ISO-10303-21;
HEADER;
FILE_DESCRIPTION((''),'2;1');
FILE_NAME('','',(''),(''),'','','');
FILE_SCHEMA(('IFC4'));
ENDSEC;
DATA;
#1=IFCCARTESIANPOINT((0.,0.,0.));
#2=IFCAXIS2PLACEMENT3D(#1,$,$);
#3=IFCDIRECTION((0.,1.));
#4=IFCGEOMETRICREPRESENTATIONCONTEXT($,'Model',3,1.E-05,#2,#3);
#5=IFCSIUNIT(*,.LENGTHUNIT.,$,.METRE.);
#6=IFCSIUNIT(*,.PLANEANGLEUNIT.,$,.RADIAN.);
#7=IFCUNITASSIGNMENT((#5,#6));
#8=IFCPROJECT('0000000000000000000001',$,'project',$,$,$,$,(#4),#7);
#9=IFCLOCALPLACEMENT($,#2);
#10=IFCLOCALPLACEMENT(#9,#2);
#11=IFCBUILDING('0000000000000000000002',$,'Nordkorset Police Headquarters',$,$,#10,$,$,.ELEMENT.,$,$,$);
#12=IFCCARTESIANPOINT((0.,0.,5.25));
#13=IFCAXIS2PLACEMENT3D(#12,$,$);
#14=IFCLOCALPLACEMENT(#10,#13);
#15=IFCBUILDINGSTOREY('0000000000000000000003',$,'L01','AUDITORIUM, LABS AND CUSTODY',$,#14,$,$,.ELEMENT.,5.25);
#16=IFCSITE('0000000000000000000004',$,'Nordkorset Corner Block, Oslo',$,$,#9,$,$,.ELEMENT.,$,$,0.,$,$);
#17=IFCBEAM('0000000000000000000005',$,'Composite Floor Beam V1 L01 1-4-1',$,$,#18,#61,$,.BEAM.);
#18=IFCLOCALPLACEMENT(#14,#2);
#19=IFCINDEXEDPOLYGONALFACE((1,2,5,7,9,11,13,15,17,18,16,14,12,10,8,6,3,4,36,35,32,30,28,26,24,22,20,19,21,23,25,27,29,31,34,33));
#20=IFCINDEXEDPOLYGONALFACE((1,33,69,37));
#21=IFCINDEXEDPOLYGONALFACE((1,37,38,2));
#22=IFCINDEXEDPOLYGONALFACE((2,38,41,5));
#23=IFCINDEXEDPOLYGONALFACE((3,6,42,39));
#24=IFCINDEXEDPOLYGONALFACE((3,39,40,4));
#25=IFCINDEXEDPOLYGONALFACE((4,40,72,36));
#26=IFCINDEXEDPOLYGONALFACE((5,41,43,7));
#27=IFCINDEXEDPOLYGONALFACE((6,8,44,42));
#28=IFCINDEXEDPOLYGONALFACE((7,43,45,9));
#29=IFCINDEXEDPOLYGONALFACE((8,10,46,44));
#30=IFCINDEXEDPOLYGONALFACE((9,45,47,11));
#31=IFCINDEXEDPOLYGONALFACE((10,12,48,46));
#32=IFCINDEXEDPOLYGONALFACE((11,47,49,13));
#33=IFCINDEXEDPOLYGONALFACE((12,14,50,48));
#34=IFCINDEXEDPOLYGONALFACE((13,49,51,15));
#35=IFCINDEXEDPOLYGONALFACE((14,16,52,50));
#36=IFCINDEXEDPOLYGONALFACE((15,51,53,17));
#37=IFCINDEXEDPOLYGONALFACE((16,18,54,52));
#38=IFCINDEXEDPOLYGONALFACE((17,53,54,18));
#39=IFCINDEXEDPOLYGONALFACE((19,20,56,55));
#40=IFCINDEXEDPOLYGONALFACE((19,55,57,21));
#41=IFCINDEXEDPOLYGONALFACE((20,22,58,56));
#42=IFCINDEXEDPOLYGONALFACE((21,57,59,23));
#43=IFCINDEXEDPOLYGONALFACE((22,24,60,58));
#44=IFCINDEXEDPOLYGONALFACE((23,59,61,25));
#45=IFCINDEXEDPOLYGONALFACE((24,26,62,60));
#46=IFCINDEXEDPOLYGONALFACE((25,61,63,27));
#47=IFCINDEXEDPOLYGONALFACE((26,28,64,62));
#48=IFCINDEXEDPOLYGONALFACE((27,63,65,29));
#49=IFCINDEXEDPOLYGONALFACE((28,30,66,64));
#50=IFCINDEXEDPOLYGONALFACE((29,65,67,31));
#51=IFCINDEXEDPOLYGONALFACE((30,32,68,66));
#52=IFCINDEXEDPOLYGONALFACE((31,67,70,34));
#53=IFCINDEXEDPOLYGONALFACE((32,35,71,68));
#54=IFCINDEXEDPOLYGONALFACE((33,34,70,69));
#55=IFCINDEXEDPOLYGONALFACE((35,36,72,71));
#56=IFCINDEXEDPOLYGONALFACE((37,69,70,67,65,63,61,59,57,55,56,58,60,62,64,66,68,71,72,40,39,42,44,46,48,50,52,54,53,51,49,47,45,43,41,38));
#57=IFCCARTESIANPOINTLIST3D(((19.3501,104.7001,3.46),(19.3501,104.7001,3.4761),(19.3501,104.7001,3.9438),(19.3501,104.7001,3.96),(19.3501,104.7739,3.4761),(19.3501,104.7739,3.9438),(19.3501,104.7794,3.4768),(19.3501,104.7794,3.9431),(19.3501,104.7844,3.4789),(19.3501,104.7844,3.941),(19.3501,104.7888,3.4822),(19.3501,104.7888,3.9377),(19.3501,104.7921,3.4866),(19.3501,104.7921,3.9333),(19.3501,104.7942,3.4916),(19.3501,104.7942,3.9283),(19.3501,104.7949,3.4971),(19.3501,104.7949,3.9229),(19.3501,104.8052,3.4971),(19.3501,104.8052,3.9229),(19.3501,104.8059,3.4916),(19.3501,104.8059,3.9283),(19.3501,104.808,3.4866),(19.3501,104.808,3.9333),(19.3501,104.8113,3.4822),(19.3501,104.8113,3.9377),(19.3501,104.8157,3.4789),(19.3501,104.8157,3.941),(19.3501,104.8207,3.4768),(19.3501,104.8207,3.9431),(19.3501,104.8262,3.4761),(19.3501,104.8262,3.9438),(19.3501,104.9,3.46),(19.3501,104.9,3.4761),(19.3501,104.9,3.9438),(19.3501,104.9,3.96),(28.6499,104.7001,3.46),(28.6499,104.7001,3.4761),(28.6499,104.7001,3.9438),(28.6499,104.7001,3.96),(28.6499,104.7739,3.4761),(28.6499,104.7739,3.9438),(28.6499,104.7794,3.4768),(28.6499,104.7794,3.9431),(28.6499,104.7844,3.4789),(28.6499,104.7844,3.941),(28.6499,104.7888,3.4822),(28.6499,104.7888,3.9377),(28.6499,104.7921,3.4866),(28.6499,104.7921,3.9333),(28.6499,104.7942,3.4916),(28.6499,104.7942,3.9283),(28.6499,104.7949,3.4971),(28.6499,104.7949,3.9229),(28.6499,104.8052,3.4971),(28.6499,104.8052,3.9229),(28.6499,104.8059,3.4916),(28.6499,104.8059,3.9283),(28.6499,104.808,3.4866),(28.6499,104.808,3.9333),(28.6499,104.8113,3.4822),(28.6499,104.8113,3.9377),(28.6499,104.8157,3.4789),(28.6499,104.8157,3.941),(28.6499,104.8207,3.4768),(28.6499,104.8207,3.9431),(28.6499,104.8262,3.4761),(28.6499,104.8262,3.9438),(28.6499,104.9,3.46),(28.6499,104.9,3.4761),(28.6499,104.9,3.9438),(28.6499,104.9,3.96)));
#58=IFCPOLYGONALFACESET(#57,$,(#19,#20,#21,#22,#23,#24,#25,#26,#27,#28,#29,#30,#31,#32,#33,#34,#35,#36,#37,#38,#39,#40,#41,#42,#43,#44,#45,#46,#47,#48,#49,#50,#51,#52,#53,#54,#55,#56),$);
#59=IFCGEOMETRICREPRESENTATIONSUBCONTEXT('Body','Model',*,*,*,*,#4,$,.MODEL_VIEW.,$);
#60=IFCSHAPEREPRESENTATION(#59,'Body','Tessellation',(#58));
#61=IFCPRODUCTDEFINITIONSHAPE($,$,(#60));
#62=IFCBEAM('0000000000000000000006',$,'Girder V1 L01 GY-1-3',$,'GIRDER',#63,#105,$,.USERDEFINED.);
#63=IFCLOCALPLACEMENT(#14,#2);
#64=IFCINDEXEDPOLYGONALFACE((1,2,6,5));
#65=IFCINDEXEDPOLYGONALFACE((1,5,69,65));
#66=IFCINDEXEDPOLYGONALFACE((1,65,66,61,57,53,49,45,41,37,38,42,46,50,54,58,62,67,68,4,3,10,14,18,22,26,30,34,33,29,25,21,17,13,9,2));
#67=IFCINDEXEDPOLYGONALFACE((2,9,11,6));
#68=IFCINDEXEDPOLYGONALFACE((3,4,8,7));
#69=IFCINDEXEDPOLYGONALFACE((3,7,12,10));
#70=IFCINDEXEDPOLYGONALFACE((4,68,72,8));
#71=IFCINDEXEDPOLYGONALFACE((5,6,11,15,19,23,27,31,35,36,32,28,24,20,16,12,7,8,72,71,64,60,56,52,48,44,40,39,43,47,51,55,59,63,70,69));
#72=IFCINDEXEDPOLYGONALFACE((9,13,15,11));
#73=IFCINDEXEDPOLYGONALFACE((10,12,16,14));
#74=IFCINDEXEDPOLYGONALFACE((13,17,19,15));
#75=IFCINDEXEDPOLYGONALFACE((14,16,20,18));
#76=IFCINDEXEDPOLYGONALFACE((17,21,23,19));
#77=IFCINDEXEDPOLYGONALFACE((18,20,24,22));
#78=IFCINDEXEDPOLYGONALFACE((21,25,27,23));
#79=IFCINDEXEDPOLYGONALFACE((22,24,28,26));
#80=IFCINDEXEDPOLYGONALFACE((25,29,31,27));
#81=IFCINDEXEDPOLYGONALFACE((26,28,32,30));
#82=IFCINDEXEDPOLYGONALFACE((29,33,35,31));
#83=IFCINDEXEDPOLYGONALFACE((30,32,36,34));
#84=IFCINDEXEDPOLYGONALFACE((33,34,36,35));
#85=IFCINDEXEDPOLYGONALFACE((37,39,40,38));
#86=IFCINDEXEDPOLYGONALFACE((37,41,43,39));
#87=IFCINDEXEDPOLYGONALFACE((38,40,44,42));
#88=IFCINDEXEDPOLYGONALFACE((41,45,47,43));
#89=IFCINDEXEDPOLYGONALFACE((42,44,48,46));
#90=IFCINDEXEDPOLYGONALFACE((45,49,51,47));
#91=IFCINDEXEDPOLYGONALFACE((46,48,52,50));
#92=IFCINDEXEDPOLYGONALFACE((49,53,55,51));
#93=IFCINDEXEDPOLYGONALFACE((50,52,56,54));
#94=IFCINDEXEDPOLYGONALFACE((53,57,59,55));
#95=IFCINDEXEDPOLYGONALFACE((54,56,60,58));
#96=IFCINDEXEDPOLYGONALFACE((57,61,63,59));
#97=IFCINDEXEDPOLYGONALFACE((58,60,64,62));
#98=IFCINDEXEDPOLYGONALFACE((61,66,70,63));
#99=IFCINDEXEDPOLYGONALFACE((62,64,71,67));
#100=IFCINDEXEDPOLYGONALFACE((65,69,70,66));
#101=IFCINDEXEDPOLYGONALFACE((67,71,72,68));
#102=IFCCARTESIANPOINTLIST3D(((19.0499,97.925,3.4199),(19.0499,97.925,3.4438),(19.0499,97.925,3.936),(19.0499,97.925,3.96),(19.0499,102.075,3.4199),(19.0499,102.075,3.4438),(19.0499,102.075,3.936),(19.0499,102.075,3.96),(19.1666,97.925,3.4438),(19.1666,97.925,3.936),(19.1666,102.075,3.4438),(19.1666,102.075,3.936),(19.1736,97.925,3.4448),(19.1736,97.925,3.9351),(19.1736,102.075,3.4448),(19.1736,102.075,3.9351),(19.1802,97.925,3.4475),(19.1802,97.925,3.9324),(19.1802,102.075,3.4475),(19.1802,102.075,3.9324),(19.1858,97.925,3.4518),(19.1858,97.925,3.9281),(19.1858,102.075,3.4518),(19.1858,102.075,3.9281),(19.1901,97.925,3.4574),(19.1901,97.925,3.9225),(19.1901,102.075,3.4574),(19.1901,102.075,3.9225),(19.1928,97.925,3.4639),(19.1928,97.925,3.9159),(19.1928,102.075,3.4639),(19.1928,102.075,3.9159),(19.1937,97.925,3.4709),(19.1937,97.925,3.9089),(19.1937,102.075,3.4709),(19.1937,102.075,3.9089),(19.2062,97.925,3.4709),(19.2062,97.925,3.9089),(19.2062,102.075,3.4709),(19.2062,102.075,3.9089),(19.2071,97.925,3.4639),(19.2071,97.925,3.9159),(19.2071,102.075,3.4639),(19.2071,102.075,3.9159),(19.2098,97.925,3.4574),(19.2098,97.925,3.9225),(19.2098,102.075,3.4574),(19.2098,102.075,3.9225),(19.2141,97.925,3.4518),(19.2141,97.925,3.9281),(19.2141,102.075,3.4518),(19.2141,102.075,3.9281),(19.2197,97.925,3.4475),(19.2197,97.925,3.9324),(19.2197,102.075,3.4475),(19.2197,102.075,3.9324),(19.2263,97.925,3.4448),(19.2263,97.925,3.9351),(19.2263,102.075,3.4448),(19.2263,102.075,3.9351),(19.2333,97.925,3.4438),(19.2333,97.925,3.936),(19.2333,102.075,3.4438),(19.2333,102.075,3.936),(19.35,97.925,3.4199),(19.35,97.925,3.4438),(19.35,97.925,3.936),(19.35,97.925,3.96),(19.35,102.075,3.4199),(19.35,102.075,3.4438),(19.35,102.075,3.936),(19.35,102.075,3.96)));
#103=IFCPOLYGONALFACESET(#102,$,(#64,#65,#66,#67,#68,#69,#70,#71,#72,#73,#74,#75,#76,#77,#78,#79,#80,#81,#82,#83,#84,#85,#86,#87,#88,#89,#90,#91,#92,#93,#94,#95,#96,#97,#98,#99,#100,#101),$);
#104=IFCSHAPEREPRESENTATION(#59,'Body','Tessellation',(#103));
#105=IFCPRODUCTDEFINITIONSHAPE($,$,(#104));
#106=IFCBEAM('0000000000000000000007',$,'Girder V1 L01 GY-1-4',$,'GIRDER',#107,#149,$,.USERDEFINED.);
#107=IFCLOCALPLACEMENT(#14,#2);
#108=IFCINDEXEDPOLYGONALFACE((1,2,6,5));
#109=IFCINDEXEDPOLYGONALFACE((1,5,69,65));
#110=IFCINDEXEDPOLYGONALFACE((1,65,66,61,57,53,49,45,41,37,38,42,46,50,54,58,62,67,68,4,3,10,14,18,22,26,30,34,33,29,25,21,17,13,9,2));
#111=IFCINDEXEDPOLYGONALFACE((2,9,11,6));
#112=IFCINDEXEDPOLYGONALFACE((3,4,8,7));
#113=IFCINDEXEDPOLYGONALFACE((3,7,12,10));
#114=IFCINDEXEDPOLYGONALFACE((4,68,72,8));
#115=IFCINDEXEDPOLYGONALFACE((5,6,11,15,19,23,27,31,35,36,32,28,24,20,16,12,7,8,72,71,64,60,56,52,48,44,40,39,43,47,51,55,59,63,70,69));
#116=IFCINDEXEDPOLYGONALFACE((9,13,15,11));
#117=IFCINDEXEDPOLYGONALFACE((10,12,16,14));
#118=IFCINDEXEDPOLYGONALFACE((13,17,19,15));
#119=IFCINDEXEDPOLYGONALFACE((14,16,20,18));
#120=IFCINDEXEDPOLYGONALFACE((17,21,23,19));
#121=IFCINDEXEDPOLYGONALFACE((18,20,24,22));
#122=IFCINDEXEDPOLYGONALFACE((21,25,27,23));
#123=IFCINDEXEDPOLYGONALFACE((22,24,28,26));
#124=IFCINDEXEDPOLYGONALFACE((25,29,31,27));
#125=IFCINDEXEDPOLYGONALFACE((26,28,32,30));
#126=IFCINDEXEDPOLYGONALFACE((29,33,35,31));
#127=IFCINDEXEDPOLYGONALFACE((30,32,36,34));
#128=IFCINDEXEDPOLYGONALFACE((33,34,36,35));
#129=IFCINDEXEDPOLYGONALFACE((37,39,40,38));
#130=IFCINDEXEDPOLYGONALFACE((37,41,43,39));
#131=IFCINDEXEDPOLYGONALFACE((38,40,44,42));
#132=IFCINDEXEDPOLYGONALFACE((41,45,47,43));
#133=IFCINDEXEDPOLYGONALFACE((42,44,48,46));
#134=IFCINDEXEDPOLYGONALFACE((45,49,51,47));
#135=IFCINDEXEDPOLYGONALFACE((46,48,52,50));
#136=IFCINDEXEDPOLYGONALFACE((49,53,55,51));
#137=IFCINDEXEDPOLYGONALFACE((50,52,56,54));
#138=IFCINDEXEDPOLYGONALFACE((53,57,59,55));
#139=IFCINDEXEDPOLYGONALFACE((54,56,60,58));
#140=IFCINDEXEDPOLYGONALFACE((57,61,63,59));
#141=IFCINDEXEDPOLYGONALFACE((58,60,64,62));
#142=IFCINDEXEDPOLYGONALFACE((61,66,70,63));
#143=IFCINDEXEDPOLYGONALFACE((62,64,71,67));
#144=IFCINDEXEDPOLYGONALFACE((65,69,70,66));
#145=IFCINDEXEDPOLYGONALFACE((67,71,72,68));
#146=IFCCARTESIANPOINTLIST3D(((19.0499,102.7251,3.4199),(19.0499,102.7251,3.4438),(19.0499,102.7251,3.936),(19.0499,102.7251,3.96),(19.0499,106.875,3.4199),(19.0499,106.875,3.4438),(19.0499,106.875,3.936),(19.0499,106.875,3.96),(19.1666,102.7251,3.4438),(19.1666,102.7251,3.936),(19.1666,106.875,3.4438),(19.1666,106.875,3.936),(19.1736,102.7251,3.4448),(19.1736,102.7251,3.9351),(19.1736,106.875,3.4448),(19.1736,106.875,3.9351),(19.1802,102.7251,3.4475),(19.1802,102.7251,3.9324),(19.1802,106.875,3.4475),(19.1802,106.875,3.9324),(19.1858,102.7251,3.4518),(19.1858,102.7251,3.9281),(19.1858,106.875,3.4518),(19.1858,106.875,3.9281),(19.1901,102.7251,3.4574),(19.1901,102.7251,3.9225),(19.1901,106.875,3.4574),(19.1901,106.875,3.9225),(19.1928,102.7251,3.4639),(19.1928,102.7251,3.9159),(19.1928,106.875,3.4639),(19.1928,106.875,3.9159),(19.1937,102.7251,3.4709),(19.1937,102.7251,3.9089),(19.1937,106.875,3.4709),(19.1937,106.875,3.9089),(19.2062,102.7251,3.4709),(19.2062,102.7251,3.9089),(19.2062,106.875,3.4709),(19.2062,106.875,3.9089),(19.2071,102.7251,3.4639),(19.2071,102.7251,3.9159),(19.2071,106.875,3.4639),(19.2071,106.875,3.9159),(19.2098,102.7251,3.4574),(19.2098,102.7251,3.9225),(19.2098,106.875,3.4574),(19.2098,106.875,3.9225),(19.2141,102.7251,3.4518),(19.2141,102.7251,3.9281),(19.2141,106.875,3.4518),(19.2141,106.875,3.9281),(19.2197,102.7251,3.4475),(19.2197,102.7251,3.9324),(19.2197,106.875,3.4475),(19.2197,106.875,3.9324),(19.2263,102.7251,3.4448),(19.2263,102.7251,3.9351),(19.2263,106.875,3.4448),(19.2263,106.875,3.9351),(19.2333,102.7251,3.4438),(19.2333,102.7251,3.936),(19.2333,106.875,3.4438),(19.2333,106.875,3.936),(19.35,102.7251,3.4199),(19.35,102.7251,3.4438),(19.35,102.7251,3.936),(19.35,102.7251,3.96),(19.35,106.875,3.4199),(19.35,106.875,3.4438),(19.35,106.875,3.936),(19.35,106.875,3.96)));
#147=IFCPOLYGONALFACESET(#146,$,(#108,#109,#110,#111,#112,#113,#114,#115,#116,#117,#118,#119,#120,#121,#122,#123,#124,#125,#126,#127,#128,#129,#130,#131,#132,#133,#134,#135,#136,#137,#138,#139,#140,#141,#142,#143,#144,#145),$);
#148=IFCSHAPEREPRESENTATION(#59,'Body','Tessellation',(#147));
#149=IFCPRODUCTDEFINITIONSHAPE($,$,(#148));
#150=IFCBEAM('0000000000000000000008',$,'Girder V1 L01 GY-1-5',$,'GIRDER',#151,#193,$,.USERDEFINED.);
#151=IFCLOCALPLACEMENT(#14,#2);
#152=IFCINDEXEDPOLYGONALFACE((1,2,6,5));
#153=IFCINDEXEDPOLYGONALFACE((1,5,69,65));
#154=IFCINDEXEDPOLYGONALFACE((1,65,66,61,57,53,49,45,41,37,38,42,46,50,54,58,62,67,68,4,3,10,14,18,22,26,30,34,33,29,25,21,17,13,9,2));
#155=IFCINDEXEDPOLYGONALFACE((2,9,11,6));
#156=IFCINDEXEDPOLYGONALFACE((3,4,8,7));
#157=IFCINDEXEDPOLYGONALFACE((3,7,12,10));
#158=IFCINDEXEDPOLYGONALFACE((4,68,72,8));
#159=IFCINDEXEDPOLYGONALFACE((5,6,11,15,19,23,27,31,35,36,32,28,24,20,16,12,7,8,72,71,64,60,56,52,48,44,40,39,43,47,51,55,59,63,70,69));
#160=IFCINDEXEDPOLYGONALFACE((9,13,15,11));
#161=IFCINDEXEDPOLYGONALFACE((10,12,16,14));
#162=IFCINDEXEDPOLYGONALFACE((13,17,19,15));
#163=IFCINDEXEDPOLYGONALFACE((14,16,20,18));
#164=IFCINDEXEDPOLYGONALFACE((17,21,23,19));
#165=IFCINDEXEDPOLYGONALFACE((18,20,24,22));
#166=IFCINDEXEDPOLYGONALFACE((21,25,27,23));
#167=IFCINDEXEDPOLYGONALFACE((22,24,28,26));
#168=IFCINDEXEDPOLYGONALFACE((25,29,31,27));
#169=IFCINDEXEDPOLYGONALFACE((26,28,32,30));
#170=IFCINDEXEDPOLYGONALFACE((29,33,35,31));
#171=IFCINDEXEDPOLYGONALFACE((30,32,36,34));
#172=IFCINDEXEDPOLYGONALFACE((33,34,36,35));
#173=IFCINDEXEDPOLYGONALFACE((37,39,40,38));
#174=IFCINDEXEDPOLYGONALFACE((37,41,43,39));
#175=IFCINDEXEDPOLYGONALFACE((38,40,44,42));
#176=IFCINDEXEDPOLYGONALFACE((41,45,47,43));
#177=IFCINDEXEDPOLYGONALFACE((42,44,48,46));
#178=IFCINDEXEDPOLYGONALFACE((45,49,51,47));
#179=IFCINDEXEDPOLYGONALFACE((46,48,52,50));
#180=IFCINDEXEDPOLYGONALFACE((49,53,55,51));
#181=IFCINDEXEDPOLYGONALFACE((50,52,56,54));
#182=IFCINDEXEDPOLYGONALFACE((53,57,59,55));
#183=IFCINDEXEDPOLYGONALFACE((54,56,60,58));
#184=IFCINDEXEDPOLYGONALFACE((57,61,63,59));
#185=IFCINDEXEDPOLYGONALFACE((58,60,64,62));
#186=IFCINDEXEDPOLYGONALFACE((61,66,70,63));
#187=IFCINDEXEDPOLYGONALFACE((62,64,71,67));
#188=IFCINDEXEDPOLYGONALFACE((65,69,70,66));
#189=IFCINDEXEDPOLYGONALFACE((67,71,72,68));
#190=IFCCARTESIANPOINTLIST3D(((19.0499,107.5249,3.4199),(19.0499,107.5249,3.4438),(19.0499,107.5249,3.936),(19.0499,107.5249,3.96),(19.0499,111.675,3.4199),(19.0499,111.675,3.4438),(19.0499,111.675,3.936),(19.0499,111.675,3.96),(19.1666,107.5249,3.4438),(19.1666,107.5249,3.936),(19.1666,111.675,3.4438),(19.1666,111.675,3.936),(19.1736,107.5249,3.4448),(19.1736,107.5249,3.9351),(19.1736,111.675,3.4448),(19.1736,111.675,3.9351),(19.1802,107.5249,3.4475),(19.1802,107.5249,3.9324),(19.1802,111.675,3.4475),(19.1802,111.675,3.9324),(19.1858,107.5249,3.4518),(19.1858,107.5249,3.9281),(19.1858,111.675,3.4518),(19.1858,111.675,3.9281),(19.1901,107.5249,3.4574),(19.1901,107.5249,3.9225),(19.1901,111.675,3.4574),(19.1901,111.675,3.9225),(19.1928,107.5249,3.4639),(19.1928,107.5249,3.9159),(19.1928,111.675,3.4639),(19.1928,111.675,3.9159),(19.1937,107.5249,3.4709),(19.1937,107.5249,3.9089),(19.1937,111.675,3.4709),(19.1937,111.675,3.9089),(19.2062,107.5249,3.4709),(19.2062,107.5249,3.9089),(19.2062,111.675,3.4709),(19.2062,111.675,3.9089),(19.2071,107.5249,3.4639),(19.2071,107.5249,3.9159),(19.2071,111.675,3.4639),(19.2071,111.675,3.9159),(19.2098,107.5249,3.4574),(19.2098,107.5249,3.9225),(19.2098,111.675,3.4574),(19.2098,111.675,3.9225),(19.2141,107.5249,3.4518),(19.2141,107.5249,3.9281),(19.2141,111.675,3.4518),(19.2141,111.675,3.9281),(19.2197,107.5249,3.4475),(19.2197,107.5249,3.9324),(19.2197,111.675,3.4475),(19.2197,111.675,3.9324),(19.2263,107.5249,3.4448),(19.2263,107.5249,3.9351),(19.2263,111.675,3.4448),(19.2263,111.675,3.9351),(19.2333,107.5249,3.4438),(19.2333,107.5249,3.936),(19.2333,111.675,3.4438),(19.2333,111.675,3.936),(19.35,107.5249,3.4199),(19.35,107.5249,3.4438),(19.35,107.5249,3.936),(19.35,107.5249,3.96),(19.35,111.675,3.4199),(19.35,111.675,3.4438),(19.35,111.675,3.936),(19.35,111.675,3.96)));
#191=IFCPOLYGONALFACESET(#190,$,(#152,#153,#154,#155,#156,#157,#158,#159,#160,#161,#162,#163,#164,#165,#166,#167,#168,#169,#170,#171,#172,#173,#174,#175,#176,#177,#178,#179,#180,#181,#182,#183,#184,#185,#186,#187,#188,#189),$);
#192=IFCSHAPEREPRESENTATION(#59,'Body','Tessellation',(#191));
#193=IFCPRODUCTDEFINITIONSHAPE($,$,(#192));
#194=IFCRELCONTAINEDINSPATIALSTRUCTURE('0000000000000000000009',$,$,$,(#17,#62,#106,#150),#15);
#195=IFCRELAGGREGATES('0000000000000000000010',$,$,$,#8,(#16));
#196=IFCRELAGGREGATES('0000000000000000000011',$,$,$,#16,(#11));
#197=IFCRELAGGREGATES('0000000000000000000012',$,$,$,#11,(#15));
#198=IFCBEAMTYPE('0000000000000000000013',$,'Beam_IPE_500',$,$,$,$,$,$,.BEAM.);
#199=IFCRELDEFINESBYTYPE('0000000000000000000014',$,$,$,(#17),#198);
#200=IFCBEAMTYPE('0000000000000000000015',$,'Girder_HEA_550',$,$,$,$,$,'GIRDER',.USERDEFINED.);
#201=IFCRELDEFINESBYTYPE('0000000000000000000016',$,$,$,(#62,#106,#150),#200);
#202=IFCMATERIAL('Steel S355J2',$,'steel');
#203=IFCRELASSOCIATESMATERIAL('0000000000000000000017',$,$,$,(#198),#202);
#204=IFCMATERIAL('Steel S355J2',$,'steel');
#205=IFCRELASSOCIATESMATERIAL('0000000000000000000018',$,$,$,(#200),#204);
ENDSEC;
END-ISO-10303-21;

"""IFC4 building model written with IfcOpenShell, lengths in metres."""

from ifc_helpers import new_model, si_unit, direction, frame, origin, origin_2d, place, context, subcontext, project, spatial, i_section, extrude, material, material_profile, profile_set, type_object, element, save


model = new_model("IFC4")

# Units and contexts
model_context = context("Model", 3, precision=1e-05, world=origin(), true_north=direction((0.0, 1.0)))
body_context = subcontext(model_context, "Body", "Model", "MODEL_VIEW")
ifc_project = project(units=[si_unit("LENGTHUNIT", "METRE"), si_unit("PLANEANGLEUNIT", "RADIAN")], contexts=[model_context])

# Site, building, storey
site_placement = place(None, origin())
site = spatial("IfcSite", under=ifc_project, at=site_placement, Name="Nordkorset Corner Block, Oslo", CompositionType="ELEMENT", RefElevation=0.0)
building_placement = place(site_placement, origin())
building = spatial("IfcBuilding", under=site, at=building_placement, Name="Nordkorset Police Headquarters", CompositionType="ELEMENT")
storey_placement = place(building_placement, frame((0.0, 0.0, 5.25)))
storey = spatial("IfcBuildingStorey", under=building, at=storey_placement, Name="L01", Description="AUDITORIUM, LABS AND CUSTODY", CompositionType="ELEMENT", Elevation=5.25)

# Beams
ifc_material_1 = material(Name="Steel S355J2", Category="steel")
ifc_material_profile_1 = material_profile(ifc_material_1, i_section(OverallWidth=0.2, OverallDepth=0.5, WebThickness=0.0103, FlangeThickness=0.0161, FilletRadius=0.021, at=origin_2d()), Name="IPE 500")
ifc_profile_set_1 = profile_set([ifc_material_profile_1], Name="Steel S355J2")
beam_type_1 = type_object("IfcBeamType", Name="Beam_IPE_500", PredefinedType="BEAM", material=ifc_profile_set_1)
for number, where, z_axis, x_axis, name in (
    (1, (19.3501, 104.8, 3.71), (1.0, 0.0, 0.0), (0.0, 1.0, 0.0), "Composite Floor Beam V1 L01 1-4-1"),
):
    element("IfcBeam", number, at=place(storey_placement, frame(where, z_axis=z_axis, x_axis=x_axis)), inside=storey, type_object=beam_type_1, Name=name, PredefinedType="BEAM", context=body_context, shape_type="SweptSolid", body=[
        extrude(i_section(OverallWidth=0.2, OverallDepth=0.5, WebThickness=0.0103, FlangeThickness=0.0161, FilletRadius=0.021, at=origin_2d()), origin(), (0.0, 0.0, 1.0), 9.2998),
    ])
ifc_material_2 = material(Name="Steel S355J2", Category="steel")
ifc_material_profile_2 = material_profile(ifc_material_2, i_section(OverallWidth=0.3, OverallDepth=0.54, WebThickness=0.0125, FlangeThickness=0.0239, FilletRadius=0.0271, at=origin_2d()), Name="HEA 550")
ifc_profile_set_2 = profile_set([ifc_material_profile_2], Name="Steel S355J2")
beam_type_2 = type_object("IfcBeamType", Name="Girder_HEA_550", ElementType="GIRDER", PredefinedType="USERDEFINED", material=ifc_profile_set_2)
for number, where, z_axis, x_axis, name in (
    (2, (19.2, 97.925, 3.6899), (0.0, 1.0, 0.0), (-1.0, 0.0, 0.0), "Girder V1 L01 GY-1-3"),
    (3, (19.2, 102.7251, 3.6899), (0.0, 1.0, 0.0), (-1.0, 0.0, 0.0), "Girder V1 L01 GY-1-4"),
):
    element("IfcBeam", number, at=place(storey_placement, frame(where, z_axis=z_axis, x_axis=x_axis)), inside=storey, type_object=beam_type_2, Name=name, ObjectType="GIRDER", PredefinedType="USERDEFINED", context=body_context, shape_type="SweptSolid", body=[
        extrude(i_section(OverallWidth=0.3, OverallDepth=0.54, WebThickness=0.0125, FlangeThickness=0.0239, FilletRadius=0.0271, at=origin_2d()), origin(), (0.0, 0.0, 1.0), 4.1499),
    ])
for number, where, z_axis, x_axis, name in (
    (4, (19.2, 107.5249, 3.6899), (0.0, 1.0, 0.0), (-1.0, 0.0, 0.0), "Girder V1 L01 GY-1-5"),
):
    element("IfcBeam", number, at=place(storey_placement, frame(where, z_axis=z_axis, x_axis=x_axis)), inside=storey, type_object=beam_type_2, Name=name, ObjectType="GIRDER", PredefinedType="USERDEFINED", context=body_context, shape_type="SweptSolid", body=[
        extrude(i_section(OverallWidth=0.3, OverallDepth=0.54, WebThickness=0.0125, FlangeThickness=0.0239, FilletRadius=0.0271, at=origin_2d()), origin(), (0.0, 0.0, 1.0), 4.1501),
    ])

save(model, "model.ifc")
